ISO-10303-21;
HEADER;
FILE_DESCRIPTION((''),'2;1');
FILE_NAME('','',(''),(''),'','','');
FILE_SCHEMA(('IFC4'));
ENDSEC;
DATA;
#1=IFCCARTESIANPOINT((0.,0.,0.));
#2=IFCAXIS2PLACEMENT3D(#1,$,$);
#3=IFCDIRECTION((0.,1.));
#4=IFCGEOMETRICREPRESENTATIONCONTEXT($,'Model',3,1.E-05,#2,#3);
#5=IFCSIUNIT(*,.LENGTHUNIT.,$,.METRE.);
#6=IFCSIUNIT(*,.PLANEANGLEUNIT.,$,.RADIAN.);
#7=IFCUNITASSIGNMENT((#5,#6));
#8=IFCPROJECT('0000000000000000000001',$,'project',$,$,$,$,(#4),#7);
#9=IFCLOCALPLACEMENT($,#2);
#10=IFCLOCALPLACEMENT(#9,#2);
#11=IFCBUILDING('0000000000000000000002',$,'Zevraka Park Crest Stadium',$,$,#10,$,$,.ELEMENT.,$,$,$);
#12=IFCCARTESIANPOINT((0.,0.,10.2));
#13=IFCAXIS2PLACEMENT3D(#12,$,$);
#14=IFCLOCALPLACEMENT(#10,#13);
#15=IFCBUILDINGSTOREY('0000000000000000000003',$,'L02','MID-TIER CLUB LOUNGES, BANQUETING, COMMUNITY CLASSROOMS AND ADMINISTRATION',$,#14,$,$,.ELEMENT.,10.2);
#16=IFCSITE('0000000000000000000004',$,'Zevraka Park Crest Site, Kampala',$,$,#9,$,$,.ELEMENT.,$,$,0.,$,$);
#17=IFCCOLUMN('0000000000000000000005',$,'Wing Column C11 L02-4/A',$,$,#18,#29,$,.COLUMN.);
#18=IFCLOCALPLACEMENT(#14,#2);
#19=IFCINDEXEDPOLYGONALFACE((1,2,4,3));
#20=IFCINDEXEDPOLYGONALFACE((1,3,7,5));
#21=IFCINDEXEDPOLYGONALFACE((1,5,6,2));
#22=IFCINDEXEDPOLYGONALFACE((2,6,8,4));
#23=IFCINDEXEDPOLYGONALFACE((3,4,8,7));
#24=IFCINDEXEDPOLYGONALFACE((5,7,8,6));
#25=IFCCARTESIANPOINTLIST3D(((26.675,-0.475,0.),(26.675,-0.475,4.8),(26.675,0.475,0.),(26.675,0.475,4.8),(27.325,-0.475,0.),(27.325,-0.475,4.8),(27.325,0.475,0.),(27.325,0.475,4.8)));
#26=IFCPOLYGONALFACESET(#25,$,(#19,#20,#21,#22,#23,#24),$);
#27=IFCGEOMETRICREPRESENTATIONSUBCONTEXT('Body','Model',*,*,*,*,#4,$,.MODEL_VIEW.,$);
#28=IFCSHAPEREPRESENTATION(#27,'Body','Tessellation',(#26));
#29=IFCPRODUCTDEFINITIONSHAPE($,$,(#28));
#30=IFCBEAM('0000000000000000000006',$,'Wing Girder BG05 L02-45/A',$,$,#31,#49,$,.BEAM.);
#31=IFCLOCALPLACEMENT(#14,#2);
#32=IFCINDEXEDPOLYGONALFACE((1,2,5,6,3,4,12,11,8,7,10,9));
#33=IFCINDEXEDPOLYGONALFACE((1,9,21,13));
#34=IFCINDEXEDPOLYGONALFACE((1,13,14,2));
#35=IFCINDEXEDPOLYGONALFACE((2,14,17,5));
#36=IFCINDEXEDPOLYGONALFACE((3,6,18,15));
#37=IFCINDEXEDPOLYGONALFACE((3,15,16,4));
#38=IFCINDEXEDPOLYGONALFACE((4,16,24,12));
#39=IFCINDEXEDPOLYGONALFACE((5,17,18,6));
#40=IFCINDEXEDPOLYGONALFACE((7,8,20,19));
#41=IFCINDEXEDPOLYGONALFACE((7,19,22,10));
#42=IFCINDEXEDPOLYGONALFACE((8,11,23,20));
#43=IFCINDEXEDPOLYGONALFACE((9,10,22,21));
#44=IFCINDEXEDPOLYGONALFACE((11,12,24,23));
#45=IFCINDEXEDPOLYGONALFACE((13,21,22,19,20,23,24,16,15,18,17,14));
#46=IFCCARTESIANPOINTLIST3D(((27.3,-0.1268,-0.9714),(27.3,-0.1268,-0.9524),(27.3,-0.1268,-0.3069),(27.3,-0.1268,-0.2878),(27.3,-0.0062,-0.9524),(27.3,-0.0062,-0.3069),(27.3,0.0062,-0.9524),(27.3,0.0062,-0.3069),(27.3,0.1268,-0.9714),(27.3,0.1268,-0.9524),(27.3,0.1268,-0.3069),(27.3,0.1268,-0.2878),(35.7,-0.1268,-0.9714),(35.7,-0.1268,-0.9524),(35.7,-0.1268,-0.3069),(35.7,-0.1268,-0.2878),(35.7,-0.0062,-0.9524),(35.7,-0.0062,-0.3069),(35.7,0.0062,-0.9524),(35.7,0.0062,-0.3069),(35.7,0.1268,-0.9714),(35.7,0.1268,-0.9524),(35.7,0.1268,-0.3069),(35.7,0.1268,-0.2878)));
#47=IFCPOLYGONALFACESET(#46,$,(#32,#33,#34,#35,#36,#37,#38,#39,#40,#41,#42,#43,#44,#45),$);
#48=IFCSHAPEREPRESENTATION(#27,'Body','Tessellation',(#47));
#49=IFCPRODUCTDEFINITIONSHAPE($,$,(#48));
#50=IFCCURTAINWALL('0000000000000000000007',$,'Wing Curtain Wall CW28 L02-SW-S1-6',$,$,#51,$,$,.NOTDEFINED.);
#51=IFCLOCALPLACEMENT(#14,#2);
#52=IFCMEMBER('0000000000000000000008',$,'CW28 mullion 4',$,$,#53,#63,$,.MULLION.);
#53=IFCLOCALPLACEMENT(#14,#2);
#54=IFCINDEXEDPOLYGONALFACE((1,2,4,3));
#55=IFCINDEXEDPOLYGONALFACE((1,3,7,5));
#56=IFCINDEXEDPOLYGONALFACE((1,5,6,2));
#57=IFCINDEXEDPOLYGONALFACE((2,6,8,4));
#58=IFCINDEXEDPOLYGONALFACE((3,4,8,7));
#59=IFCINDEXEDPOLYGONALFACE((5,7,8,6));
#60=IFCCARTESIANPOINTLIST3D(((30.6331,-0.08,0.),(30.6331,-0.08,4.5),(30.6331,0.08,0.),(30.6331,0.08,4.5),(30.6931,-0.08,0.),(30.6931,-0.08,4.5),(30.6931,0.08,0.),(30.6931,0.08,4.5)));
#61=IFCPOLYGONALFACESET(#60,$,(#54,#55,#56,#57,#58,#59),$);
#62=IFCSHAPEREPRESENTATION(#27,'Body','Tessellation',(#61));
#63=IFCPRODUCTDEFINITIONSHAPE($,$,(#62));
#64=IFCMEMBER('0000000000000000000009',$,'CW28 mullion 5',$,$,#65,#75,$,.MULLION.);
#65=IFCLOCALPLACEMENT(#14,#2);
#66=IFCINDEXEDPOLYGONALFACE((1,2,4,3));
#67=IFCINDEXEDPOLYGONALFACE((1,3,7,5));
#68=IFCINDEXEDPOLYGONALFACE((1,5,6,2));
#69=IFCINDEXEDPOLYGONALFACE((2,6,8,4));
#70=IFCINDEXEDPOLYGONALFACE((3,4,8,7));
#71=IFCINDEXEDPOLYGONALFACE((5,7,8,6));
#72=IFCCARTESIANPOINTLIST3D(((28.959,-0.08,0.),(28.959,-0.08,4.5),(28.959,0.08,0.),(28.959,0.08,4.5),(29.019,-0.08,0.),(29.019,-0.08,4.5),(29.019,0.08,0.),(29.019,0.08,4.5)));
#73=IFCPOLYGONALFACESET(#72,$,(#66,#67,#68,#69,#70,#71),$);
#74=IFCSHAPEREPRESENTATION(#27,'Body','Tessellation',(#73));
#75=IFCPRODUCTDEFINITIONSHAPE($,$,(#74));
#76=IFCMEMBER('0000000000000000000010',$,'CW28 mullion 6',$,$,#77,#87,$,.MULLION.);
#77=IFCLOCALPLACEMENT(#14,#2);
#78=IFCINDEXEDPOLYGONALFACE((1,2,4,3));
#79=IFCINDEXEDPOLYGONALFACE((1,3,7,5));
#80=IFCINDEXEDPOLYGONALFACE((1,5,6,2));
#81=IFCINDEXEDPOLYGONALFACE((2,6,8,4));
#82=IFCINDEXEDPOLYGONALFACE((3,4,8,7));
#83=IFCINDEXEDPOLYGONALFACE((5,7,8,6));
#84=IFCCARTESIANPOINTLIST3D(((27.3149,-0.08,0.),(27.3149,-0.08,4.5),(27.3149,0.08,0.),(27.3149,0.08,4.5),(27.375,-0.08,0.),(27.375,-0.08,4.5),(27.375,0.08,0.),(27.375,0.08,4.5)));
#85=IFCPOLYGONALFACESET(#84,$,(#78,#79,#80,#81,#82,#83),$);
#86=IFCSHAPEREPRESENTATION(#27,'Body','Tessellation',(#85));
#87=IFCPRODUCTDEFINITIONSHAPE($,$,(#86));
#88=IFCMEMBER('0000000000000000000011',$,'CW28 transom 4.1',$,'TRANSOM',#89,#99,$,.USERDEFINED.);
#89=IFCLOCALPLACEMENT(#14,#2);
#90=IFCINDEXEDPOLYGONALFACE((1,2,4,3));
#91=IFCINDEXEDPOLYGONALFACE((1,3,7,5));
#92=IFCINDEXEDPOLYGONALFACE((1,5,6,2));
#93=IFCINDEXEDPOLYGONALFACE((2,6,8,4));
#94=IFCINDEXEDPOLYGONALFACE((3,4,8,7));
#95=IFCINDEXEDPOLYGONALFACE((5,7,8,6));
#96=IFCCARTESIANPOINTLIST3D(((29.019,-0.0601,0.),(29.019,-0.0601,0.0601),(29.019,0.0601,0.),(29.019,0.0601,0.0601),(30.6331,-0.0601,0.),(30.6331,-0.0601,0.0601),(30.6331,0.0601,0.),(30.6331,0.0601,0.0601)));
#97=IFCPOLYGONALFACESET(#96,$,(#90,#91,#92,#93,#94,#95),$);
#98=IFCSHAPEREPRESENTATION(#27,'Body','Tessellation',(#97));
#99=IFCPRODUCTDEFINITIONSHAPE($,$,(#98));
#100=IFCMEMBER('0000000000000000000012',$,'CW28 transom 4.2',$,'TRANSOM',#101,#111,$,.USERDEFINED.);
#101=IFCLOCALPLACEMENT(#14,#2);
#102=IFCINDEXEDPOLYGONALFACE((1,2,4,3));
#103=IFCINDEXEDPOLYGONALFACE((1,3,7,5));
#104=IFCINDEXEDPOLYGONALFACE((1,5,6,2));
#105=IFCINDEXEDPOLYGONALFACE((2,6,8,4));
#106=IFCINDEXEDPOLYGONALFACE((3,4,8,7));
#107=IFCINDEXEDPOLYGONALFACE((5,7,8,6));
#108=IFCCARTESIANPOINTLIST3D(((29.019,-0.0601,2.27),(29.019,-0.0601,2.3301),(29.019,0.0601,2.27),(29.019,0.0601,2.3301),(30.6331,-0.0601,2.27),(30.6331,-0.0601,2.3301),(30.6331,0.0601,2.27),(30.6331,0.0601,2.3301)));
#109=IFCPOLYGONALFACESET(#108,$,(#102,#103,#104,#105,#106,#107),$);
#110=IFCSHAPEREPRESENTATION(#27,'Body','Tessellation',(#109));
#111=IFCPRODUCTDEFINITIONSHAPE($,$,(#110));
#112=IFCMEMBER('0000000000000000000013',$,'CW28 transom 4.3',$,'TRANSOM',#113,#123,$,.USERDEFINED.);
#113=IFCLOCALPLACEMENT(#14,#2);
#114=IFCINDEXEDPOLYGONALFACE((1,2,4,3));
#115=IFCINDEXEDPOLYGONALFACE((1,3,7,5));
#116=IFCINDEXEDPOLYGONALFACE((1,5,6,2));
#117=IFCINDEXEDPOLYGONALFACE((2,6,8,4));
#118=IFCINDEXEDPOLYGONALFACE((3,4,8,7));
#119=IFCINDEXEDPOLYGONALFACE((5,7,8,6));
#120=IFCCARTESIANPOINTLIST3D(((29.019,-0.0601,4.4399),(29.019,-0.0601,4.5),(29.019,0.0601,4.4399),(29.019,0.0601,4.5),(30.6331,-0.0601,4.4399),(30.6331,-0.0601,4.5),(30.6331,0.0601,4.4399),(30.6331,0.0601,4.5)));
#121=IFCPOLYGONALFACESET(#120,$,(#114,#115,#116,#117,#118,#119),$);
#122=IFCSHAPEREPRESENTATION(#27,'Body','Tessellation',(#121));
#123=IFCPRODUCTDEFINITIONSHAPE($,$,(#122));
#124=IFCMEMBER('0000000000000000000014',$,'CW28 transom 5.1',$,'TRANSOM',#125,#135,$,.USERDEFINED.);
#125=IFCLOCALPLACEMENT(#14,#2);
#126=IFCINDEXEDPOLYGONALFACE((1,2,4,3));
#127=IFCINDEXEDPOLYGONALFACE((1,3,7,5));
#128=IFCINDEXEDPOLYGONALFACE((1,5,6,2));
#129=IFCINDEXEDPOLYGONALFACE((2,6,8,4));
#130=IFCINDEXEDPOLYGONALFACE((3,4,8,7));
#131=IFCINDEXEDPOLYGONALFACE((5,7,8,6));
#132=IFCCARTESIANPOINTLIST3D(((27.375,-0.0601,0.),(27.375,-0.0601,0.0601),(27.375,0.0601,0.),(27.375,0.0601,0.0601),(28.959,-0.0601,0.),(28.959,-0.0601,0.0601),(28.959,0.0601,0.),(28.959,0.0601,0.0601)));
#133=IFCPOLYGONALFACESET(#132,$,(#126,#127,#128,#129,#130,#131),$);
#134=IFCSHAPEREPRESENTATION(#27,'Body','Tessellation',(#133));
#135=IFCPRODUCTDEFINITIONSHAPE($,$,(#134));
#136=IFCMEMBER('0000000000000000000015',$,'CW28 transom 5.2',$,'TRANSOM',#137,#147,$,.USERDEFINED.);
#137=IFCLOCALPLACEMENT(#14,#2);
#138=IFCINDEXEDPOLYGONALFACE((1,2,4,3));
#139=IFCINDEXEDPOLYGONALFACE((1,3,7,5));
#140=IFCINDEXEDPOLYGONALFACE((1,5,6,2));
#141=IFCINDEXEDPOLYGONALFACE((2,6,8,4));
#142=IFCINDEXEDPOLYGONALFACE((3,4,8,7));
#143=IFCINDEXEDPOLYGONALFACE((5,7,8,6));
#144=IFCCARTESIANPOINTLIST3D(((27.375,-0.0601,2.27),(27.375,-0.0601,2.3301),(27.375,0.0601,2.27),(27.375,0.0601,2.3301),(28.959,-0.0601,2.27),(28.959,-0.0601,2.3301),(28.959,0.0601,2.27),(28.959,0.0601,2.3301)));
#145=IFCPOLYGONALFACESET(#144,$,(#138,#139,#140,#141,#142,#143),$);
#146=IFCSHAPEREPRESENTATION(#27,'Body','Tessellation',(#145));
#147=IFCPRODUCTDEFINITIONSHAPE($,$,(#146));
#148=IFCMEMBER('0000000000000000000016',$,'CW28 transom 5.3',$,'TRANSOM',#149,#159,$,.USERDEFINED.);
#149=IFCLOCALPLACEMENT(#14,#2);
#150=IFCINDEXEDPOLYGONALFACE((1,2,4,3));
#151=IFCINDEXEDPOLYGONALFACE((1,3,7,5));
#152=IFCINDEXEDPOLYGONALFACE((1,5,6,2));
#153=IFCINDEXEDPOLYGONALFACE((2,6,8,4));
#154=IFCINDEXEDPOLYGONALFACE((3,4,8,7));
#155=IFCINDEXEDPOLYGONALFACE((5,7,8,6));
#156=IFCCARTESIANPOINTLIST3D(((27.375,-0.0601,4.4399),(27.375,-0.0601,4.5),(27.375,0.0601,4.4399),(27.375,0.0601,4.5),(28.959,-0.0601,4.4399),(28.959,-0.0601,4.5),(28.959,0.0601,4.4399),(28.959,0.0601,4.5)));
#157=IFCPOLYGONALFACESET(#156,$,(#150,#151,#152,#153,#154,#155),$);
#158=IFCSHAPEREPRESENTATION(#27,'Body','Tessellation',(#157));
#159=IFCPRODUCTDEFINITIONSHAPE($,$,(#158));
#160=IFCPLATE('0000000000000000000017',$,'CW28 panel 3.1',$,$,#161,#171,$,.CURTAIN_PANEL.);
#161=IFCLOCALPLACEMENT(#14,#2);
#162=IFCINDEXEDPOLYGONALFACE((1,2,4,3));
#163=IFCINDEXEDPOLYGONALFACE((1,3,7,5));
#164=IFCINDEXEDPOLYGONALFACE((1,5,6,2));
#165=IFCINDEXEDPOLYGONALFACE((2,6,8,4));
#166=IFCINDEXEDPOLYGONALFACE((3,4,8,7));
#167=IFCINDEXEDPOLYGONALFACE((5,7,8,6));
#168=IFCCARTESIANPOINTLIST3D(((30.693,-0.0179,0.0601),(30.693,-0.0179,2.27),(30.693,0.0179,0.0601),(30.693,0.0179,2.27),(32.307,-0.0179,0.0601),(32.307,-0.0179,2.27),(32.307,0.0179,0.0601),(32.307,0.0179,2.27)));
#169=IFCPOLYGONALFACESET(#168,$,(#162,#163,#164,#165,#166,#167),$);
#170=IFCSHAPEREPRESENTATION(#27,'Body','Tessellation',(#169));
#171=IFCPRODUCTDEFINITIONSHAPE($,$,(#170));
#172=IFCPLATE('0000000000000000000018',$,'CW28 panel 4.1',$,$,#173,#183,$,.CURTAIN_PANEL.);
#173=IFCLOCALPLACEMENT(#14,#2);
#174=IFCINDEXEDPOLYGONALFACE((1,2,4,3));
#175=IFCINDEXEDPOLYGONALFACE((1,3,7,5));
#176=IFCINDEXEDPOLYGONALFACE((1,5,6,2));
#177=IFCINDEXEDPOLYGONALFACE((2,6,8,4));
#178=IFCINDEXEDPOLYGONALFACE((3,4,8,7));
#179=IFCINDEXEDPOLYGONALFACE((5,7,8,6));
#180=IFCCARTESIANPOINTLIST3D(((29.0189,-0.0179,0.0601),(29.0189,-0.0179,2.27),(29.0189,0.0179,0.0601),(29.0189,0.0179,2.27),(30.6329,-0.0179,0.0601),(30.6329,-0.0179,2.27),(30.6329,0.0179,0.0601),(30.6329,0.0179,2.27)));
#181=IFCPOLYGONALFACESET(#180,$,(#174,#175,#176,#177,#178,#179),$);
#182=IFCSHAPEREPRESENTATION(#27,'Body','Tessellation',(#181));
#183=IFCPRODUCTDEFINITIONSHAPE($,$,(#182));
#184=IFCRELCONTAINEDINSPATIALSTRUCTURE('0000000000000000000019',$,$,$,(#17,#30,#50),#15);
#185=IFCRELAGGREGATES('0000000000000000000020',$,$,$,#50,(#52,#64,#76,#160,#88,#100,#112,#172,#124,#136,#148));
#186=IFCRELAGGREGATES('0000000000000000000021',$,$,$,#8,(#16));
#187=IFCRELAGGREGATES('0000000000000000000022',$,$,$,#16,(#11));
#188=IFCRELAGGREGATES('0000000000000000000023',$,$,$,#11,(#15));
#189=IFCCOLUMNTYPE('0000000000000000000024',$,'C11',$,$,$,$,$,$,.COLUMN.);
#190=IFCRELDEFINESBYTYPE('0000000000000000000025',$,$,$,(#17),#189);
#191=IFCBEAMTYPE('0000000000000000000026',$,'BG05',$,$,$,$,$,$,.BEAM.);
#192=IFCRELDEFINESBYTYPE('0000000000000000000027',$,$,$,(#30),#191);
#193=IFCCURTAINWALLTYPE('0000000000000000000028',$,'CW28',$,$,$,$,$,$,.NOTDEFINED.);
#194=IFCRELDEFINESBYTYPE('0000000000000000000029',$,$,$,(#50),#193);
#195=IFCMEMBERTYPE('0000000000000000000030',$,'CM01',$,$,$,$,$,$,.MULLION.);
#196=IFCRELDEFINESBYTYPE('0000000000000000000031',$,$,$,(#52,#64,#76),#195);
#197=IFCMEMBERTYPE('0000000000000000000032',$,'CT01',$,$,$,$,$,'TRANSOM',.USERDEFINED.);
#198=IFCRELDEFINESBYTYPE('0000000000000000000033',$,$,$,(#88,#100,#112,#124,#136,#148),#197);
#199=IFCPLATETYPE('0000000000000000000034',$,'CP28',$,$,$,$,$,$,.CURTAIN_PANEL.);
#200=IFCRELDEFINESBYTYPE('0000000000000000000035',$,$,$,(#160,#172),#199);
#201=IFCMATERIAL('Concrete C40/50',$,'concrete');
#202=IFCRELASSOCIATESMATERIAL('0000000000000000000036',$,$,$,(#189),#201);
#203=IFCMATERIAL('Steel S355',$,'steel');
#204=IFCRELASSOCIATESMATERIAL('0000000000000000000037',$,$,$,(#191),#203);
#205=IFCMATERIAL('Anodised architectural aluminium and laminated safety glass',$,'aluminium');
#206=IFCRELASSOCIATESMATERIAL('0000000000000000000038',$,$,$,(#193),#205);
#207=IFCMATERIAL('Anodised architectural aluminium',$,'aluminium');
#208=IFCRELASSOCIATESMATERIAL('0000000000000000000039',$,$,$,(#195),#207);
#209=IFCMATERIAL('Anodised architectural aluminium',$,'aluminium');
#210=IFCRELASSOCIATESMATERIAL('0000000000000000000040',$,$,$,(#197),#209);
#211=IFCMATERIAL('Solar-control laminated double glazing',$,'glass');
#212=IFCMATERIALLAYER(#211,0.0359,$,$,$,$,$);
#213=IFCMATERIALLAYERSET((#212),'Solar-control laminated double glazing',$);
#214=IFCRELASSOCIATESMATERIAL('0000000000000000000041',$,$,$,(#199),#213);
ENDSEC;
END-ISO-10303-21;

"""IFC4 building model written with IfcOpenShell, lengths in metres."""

from ifc_helpers import new_model, si_unit, direction, frame, origin, origin_2d, place, context, subcontext, project, spatial, rectangle, i_section, extrude, material, layer, layer_set, material_profile, profile_set, type_object, element, aggregate, save


model = new_model("IFC4")

# Units and contexts
model_context = context("Model", 3, precision=1e-05, world=origin(), true_north=direction((0.0, 1.0)))
body_context = subcontext(model_context, "Body", "Model", "MODEL_VIEW")
ifc_project = project(units=[si_unit("LENGTHUNIT", "METRE"), si_unit("PLANEANGLEUNIT", "RADIAN")], contexts=[model_context])

# Site, building, storey
site_placement = place(None, origin())
site = spatial("IfcSite", under=ifc_project, at=site_placement, Name="Zevraka Park Crest Site, Kampala", CompositionType="ELEMENT", RefElevation=0.0)
building_placement = place(site_placement, origin())
building = spatial("IfcBuilding", under=site, at=building_placement, Name="Zevraka Park Crest Stadium", CompositionType="ELEMENT")
storey_placement = place(building_placement, frame((0.0, 0.0, 10.2)))
storey = spatial("IfcBuildingStorey", under=building, at=storey_placement, Name="L02", Description="MID-TIER CLUB LOUNGES, BANQUETING, COMMUNITY CLASSROOMS AND ADMINISTRATION", CompositionType="ELEMENT", Elevation=10.2)

# Column
ifc_material_1 = material(Name="Concrete C40/50", Category="concrete")
ifc_material_profile_1 = material_profile(ifc_material_1, rectangle(XDim=0.6499, YDim=0.95, at=origin_2d()), Name="RC 950x650")
ifc_profile_set_1 = profile_set([ifc_material_profile_1], Name="Concrete C40/50")
column_type = type_object("IfcColumnType", Name="C11", PredefinedType="COLUMN", material=ifc_profile_set_1)
column_placement = place(storey_placement, frame((27.0, 0.0, 0.0), z_axis=(0.0, 0.0, 1.0), x_axis=(1.0, 0.0, 0.0)))
element("IfcColumn", 1, at=column_placement, inside=storey, type_object=column_type, Name="Wing Column C11 L02-4/A", PredefinedType="COLUMN", context=body_context, shape_type="SweptSolid", body=[
    extrude(rectangle(XDim=0.6499, YDim=0.95, at=origin_2d()), origin(), (0.0, 0.0, 1.0), 4.8),
])

# Beam
ifc_material_2 = material(Name="Steel S355", Category="steel")
ifc_material_profile_2 = material_profile(ifc_material_2, i_section(OverallWidth=0.2537, OverallDepth=0.6836, WebThickness=0.0125, FlangeThickness=0.019, at=origin_2d()), Name="UKB 686x254x140")
ifc_profile_set_2 = profile_set([ifc_material_profile_2], Name="Steel S355")
beam_type = type_object("IfcBeamType", Name="BG05", PredefinedType="BEAM", material=ifc_profile_set_2)
beam_placement = place(storey_placement, frame((27.3, 0.0, -0.6296), z_axis=(1.0, 0.0, 0.0), x_axis=(0.0, 1.0, 0.0)))
element("IfcBeam", 2, at=beam_placement, inside=storey, type_object=beam_type, Name="Wing Girder BG05 L02-45/A", PredefinedType="BEAM", context=body_context, shape_type="SweptSolid", body=[
    extrude(i_section(OverallWidth=0.2537, OverallDepth=0.6836, WebThickness=0.0125, FlangeThickness=0.019, at=origin_2d()), origin(), (0.0, 0.0, 1.0), 8.3999),
])

# Curtain wall, members, plates
ifc_material_3 = material(Name="Anodised architectural aluminium and laminated safety glass", Category="aluminium")
curtain_wall_type = type_object("IfcCurtainWallType", Name="CW28", PredefinedType="NOTDEFINED", material=ifc_material_3)
curtain_wall_placement = place(storey_placement, origin())
curtain_wall = element("IfcCurtainWall", 3, at=curtain_wall_placement, inside=storey, type_object=curtain_wall_type, Name="Wing Curtain Wall CW28 L02-SW-S1-6", PredefinedType="NOTDEFINED")
ifc_material_4 = material(Name="Anodised architectural aluminium", Category="aluminium")
ifc_material_profile_3 = material_profile(ifc_material_4, rectangle(XDim=0.1599, YDim=0.0601, at=origin_2d()), Name="ALU MULLION 160x60")
ifc_profile_set_3 = profile_set([ifc_material_profile_3], Name="Anodised architectural aluminium")
member_type_1 = type_object("IfcMemberType", Name="CM01", PredefinedType="MULLION", material=ifc_profile_set_3)
member_1_placement = place(storey_placement, frame((30.6631, 0.0, 0.0), z_axis=(0.0, 0.0, 1.0), x_axis=(0.0, -1.0, 0.0)))
member_1 = element("IfcMember", 4, at=member_1_placement, type_object=member_type_1, Name="CW28 mullion 4", PredefinedType="MULLION", context=body_context, shape_type="SweptSolid", body=[
    extrude(rectangle(XDim=0.1599, YDim=0.0601, at=origin_2d()), origin(), (0.0, 0.0, 1.0), 4.5),
])
member_2_placement = place(storey_placement, frame((28.989, 0.0, 0.0), z_axis=(0.0, 0.0, 1.0), x_axis=(0.0, -1.0, 0.0)))
member_2 = element("IfcMember", 5, at=member_2_placement, type_object=member_type_1, Name="CW28 mullion 5", PredefinedType="MULLION", context=body_context, shape_type="SweptSolid", body=[
    extrude(rectangle(XDim=0.1599, YDim=0.0601, at=origin_2d()), origin(), (0.0, 0.0, 1.0), 4.5),
])
member_3_placement = place(storey_placement, frame((27.345, 0.0, 0.0), z_axis=(0.0, 0.0, 1.0), x_axis=(0.0, -1.0, 0.0)))
member_3 = element("IfcMember", 6, at=member_3_placement, type_object=member_type_1, Name="CW28 mullion 6", PredefinedType="MULLION", context=body_context, shape_type="SweptSolid", body=[
    extrude(rectangle(XDim=0.1599, YDim=0.0601, at=origin_2d()), origin(), (0.0, 0.0, 1.0), 4.5),
])
ifc_material_5 = material(Name="Anodised architectural aluminium", Category="aluminium")
ifc_material_profile_4 = material_profile(ifc_material_5, rectangle(XDim=0.1201, YDim=0.0601, at=origin_2d()), Name="ALU TRANSOM 120x60")
ifc_profile_set_4 = profile_set([ifc_material_profile_4], Name="Anodised architectural aluminium")
member_type_2 = type_object("IfcMemberType", Name="CT01", ElementType="TRANSOM", PredefinedType="USERDEFINED", material=ifc_profile_set_4)
member_4_placement = place(storey_placement, frame((30.6331, 0.0, 0.03), z_axis=(-1.0, 0.0, 0.0), x_axis=(0.0, -1.0, 0.0)))
member_4 = element("IfcMember", 7, at=member_4_placement, type_object=member_type_2, Name="CW28 transom 4.1", ObjectType="TRANSOM", PredefinedType="USERDEFINED", context=body_context, shape_type="SweptSolid", body=[
    extrude(rectangle(XDim=0.1201, YDim=0.0601, at=origin_2d()), origin(), (0.0, 0.0, 1.0), 1.614),
])
member_5_placement = place(storey_placement, frame((30.6331, 0.0, 2.3), z_axis=(-1.0, 0.0, 0.0), x_axis=(0.0, -1.0, 0.0)))
member_5 = element("IfcMember", 8, at=member_5_placement, type_object=member_type_2, Name="CW28 transom 4.2", ObjectType="TRANSOM", PredefinedType="USERDEFINED", context=body_context, shape_type="SweptSolid", body=[
    extrude(rectangle(XDim=0.1201, YDim=0.0601, at=origin_2d()), origin(), (0.0, 0.0, 1.0), 1.614),
])
member_6_placement = place(storey_placement, frame((30.6331, 0.0, 4.47), z_axis=(-1.0, 0.0, 0.0), x_axis=(0.0, -1.0, 0.0)))
member_6 = element("IfcMember", 9, at=member_6_placement, type_object=member_type_2, Name="CW28 transom 4.3", ObjectType="TRANSOM", PredefinedType="USERDEFINED", context=body_context, shape_type="SweptSolid", body=[
    extrude(rectangle(XDim=0.1201, YDim=0.0601, at=origin_2d()), origin(), (0.0, 0.0, 1.0), 1.614),
])
member_7_placement = place(storey_placement, frame((28.959, 0.0, 0.03), z_axis=(-1.0, 0.0, 0.0), x_axis=(0.0, -1.0, 0.0)))
member_7 = element("IfcMember", 10, at=member_7_placement, type_object=member_type_2, Name="CW28 transom 5.1", ObjectType="TRANSOM", PredefinedType="USERDEFINED", context=body_context, shape_type="SweptSolid", body=[
    extrude(rectangle(XDim=0.1201, YDim=0.0601, at=origin_2d()), origin(), (0.0, 0.0, 1.0), 1.584),
])
member_8_placement = place(storey_placement, frame((28.959, 0.0, 2.3), z_axis=(-1.0, 0.0, 0.0), x_axis=(0.0, -1.0, 0.0)))
member_8 = element("IfcMember", 11, at=member_8_placement, type_object=member_type_2, Name="CW28 transom 5.2", ObjectType="TRANSOM", PredefinedType="USERDEFINED", context=body_context, shape_type="SweptSolid", body=[
    extrude(rectangle(XDim=0.1201, YDim=0.0601, at=origin_2d()), origin(), (0.0, 0.0, 1.0), 1.584),
])
member_9_placement = place(storey_placement, frame((28.959, 0.0, 4.47), z_axis=(-1.0, 0.0, 0.0), x_axis=(0.0, -1.0, 0.0)))
member_9 = element("IfcMember", 12, at=member_9_placement, type_object=member_type_2, Name="CW28 transom 5.3", ObjectType="TRANSOM", PredefinedType="USERDEFINED", context=body_context, shape_type="SweptSolid", body=[
    extrude(rectangle(XDim=0.1201, YDim=0.0601, at=origin_2d()), origin(), (0.0, 0.0, 1.0), 1.584),
])
ifc_material_6 = material(Name="Solar-control laminated double glazing", Category="glass")
ifc_layer_1 = layer(ifc_material_6, 0.0359)
ifc_layer_set_1 = layer_set([ifc_layer_1], Name="Solar-control laminated double glazing")
plate_type = type_object("IfcPlateType", Name="CP28", PredefinedType="CURTAIN_PANEL", material=ifc_layer_set_1)
plate_1_placement = place(storey_placement, frame((31.5, 0.0, 0.0601), z_axis=(0.0, 0.0, 1.0), x_axis=(-1.0, 0.0, 0.0)))
plate_1 = element("IfcPlate", 13, at=plate_1_placement, type_object=plate_type, Name="CW28 panel 3.1", PredefinedType="CURTAIN_PANEL", context=body_context, shape_type="SweptSolid", body=[
    extrude(rectangle(XDim=1.614, YDim=0.0359, at=origin_2d()), origin(), (0.0, 0.0, 1.0), 2.21),
])
plate_2_placement = place(storey_placement, frame((29.8259, 0.0, 0.0601), z_axis=(0.0, 0.0, 1.0), x_axis=(-1.0, 0.0, 0.0)))
plate_2 = element("IfcPlate", 14, at=plate_2_placement, type_object=plate_type, Name="CW28 panel 4.1", PredefinedType="CURTAIN_PANEL", context=body_context, shape_type="SweptSolid", body=[
    extrude(rectangle(XDim=1.614, YDim=0.0359, at=origin_2d()), origin(), (0.0, 0.0, 1.0), 2.21),
])
aggregate(curtain_wall, [member_1, member_2, member_3, plate_1, member_4, member_5, member_6, plate_2, member_7, member_8, member_9])

save(model, "model.ifc")
